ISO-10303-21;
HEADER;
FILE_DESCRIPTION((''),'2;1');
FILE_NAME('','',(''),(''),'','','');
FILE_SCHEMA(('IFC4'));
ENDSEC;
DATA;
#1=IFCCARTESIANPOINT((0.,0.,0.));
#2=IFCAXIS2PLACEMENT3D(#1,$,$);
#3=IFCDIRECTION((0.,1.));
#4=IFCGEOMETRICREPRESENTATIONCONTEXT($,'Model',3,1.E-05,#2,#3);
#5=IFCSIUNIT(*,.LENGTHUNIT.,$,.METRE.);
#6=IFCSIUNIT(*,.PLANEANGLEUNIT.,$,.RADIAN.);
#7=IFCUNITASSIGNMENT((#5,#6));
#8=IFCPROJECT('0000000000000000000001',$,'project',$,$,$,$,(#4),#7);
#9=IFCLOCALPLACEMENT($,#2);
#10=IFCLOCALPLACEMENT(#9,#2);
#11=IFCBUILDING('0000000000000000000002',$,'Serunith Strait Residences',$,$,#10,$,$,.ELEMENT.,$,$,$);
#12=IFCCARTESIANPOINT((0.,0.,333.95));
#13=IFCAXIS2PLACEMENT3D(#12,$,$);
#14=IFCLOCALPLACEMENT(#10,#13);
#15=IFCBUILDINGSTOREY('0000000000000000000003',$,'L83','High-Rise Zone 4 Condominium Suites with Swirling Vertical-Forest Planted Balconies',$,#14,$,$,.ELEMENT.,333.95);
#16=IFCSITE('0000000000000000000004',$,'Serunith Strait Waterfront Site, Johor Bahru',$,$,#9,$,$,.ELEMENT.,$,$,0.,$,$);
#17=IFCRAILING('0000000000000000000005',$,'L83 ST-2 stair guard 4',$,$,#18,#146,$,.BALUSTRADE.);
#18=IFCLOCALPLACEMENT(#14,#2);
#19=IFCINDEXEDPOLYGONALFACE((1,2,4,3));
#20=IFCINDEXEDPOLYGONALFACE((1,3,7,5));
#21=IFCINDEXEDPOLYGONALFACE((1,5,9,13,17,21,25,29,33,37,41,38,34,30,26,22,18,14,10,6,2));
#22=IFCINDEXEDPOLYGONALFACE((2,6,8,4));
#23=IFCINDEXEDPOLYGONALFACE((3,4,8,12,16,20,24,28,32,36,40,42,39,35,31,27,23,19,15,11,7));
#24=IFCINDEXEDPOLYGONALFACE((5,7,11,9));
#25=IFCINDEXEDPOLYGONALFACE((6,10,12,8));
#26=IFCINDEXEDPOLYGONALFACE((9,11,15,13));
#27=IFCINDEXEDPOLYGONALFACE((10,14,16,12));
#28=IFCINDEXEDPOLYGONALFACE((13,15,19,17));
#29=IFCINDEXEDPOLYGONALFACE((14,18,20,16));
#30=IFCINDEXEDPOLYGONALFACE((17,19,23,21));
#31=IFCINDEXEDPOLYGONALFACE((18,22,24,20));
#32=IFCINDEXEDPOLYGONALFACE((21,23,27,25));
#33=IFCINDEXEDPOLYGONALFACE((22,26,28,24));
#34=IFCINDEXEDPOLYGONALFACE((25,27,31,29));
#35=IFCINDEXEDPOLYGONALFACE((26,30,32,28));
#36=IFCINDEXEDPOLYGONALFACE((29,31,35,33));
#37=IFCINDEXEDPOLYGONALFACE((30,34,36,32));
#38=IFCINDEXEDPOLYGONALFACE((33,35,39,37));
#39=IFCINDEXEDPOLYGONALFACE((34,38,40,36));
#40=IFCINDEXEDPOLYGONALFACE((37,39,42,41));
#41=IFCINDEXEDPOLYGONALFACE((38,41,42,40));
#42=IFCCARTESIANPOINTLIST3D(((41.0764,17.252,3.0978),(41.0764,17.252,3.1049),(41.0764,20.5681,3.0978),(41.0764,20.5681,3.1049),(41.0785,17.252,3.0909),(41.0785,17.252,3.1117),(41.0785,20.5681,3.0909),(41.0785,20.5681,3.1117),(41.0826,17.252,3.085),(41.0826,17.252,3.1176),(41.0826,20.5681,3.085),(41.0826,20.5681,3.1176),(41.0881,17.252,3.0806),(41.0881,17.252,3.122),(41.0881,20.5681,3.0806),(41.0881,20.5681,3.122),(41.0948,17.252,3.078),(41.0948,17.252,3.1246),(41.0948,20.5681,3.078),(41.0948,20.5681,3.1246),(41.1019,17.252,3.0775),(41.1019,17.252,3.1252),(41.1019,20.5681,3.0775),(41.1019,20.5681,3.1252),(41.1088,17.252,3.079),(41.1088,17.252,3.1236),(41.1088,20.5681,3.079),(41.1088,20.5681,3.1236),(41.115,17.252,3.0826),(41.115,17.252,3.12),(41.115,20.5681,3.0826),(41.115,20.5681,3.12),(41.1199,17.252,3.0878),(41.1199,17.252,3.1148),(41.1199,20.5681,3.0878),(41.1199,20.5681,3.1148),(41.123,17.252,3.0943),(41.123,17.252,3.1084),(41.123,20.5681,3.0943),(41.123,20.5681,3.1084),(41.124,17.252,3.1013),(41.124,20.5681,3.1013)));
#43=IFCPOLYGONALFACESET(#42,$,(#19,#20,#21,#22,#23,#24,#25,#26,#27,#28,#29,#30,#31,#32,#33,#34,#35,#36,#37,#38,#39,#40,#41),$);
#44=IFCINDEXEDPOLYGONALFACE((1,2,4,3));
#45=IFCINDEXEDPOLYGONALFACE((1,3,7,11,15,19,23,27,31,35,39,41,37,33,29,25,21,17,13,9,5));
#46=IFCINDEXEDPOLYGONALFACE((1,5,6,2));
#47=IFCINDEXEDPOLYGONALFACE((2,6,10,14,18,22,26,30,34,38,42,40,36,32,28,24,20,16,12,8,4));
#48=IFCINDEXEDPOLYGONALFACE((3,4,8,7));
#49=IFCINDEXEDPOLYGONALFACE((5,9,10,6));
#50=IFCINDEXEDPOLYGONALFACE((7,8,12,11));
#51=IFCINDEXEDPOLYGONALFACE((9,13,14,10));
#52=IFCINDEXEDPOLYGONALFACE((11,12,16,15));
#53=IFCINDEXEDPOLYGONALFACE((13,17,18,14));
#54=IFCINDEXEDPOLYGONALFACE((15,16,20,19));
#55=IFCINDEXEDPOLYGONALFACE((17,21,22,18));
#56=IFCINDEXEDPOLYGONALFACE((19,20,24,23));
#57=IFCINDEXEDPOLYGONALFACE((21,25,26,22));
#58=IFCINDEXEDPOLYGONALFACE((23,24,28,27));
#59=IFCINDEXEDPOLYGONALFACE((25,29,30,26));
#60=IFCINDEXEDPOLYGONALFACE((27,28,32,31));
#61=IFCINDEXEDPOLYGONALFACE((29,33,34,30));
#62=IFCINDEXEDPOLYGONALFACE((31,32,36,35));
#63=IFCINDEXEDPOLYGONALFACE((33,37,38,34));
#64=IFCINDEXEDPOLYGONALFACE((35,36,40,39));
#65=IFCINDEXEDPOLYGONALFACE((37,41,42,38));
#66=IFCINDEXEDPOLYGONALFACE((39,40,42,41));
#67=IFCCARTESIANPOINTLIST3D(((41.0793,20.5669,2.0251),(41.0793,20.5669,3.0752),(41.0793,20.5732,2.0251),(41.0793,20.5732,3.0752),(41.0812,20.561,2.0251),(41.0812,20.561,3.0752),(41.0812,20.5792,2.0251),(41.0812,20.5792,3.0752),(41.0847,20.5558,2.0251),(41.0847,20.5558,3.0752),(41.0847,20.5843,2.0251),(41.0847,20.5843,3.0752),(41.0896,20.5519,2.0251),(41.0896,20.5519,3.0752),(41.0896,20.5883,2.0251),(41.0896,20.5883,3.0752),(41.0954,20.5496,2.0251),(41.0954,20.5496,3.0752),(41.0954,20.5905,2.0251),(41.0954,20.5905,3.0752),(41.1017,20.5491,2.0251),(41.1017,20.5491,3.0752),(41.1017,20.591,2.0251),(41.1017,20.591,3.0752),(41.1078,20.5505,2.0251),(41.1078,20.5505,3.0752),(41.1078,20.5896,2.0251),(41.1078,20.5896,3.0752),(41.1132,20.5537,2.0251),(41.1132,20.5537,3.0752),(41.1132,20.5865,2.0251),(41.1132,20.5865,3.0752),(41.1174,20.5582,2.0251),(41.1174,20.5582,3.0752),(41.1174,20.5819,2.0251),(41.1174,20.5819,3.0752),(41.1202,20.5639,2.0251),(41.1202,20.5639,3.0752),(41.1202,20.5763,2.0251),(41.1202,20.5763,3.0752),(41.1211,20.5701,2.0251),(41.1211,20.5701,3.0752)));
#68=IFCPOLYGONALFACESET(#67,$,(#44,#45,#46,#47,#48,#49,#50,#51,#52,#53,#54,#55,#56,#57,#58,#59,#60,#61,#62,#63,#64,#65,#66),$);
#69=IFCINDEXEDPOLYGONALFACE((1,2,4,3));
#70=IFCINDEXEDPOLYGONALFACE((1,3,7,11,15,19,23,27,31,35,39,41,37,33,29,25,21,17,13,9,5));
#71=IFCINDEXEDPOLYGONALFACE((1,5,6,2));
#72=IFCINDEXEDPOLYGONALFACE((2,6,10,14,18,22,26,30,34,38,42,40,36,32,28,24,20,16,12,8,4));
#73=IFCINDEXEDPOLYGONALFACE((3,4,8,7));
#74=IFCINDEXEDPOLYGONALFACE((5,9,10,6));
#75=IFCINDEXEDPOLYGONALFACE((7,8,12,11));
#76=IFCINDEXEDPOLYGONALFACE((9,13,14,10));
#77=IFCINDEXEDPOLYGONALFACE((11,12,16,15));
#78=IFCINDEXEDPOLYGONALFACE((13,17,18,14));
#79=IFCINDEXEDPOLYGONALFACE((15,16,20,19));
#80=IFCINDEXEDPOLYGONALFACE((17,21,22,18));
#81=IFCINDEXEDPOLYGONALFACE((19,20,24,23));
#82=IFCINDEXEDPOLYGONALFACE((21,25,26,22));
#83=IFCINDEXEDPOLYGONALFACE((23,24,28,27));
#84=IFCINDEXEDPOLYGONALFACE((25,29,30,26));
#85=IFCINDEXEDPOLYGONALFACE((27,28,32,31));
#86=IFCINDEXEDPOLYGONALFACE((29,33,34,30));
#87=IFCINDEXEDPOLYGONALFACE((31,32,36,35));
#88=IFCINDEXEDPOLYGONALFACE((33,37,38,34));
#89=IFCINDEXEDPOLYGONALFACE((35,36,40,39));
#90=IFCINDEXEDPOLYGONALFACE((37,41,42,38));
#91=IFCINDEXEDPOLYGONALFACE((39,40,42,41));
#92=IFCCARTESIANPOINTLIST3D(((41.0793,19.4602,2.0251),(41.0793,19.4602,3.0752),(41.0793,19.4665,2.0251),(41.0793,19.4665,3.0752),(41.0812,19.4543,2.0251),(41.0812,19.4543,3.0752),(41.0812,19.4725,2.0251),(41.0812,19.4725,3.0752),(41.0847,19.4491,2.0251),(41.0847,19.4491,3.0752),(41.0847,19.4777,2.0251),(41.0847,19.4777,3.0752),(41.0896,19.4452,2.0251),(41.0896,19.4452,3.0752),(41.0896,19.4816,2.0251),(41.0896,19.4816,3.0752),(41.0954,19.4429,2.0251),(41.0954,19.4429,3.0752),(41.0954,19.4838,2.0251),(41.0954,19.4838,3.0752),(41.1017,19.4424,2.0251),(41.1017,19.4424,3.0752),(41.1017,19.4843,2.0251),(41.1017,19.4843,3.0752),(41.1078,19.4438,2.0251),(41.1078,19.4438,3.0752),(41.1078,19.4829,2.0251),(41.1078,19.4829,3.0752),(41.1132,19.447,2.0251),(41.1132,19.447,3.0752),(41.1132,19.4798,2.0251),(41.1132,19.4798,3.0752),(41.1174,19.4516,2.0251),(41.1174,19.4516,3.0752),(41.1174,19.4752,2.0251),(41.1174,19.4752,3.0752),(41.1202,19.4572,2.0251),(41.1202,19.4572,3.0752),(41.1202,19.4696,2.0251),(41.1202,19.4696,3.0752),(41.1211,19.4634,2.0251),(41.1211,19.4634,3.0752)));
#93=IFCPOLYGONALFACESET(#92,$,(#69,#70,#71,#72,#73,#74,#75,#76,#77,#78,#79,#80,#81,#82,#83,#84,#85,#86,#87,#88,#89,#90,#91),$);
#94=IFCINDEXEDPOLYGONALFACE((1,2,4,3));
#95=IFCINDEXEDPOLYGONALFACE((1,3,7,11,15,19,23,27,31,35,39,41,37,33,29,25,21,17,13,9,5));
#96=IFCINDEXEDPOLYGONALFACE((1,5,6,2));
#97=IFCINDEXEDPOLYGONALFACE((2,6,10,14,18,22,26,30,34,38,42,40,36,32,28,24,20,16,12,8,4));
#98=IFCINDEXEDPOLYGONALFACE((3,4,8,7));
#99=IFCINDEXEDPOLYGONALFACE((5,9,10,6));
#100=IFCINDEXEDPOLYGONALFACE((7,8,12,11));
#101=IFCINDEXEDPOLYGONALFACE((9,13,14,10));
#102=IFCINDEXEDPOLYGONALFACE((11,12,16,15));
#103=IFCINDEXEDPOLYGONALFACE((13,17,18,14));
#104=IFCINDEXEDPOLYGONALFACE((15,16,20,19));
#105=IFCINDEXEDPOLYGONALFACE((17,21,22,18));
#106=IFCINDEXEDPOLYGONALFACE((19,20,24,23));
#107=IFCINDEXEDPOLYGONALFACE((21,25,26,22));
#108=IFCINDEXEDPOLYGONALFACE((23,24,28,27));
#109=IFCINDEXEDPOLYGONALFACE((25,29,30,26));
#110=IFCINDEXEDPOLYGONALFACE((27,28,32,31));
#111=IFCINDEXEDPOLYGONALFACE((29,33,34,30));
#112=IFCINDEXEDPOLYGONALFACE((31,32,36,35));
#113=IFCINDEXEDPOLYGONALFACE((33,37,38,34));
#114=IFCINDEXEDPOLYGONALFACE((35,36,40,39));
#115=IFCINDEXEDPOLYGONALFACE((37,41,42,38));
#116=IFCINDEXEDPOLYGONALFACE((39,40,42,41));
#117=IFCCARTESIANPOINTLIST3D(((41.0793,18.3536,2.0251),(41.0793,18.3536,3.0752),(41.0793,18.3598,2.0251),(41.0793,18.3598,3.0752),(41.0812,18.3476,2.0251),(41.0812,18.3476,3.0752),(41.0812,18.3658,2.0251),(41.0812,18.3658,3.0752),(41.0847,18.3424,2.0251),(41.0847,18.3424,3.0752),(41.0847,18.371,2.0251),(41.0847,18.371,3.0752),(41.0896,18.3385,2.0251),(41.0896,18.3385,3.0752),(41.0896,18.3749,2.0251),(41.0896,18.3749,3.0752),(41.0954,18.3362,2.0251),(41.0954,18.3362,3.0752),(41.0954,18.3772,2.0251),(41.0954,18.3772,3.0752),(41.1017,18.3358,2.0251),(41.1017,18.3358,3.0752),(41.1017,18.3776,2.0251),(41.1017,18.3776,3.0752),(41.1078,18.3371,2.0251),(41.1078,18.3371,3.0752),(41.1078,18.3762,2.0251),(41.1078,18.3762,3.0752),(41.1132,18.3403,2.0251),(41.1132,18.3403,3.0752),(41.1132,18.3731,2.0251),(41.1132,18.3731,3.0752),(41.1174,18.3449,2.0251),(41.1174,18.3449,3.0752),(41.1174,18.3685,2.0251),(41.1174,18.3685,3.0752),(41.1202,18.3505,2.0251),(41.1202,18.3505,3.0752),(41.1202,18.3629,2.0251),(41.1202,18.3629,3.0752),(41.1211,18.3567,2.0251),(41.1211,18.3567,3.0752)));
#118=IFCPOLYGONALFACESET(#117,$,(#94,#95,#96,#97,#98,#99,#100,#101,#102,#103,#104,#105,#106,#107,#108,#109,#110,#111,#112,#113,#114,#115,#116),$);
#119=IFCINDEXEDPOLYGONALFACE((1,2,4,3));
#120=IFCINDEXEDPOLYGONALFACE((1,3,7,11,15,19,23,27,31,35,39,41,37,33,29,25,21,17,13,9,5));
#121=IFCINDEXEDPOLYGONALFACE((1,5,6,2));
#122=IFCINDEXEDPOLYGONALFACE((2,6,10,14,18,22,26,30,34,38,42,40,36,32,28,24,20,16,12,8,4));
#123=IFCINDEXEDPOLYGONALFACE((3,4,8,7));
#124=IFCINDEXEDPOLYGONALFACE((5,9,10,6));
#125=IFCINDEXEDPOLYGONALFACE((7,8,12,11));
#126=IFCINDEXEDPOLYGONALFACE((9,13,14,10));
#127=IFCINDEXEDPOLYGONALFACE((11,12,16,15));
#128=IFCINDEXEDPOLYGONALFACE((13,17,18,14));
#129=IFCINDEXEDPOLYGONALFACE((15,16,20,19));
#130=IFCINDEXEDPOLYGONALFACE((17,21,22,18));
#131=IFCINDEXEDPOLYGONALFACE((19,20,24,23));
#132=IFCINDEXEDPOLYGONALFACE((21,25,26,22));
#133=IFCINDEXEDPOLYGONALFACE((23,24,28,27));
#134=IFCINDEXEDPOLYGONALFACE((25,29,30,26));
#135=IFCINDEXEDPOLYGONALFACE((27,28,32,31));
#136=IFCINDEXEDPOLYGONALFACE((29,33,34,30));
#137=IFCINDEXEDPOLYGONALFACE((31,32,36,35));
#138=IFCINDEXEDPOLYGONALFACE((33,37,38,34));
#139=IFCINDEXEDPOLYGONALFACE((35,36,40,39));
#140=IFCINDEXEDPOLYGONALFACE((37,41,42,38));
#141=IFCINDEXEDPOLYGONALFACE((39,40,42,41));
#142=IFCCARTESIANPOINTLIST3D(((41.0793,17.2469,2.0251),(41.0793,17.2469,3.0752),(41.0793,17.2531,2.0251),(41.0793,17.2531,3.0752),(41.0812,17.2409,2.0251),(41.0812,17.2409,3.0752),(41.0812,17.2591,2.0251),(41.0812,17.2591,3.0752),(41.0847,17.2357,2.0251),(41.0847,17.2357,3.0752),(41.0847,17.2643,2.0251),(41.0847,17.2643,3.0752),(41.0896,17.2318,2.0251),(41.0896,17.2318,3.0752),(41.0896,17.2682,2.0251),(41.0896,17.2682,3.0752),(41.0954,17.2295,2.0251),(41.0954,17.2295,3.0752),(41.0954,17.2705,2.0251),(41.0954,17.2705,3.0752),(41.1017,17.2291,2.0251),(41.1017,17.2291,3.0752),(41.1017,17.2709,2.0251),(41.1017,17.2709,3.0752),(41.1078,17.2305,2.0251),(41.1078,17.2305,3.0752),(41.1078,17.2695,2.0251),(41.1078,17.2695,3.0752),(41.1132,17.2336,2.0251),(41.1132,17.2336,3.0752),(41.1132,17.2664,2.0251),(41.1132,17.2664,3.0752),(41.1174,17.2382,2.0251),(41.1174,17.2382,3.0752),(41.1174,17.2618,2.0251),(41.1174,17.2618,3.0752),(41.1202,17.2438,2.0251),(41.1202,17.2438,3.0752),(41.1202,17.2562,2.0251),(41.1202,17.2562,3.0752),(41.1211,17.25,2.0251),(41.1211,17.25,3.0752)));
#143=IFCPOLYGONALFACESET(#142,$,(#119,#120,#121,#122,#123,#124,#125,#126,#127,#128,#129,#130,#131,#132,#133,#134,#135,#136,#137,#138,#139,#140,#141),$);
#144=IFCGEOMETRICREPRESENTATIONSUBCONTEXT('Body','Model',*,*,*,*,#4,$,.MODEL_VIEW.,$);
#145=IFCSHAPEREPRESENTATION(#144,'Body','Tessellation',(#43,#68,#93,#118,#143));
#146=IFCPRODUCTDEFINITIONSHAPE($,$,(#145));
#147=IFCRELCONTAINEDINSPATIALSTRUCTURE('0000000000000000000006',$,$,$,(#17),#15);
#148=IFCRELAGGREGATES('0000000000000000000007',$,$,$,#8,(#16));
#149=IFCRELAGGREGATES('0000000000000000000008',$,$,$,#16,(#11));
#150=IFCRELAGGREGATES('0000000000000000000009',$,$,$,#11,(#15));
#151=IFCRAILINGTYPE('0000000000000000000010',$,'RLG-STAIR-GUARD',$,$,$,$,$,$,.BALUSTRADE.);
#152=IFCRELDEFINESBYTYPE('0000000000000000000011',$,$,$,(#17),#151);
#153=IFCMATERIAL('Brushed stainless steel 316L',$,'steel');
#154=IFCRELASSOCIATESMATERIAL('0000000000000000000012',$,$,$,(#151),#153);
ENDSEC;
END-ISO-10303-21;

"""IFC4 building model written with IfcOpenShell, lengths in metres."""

from ifc_helpers import new_model, si_unit, direction, frame, origin, origin_2d, place, context, subcontext, project, spatial, circle, extrude, material, type_object, element, save


model = new_model("IFC4")

# Units and contexts
model_context = context("Model", 3, precision=1e-05, world=origin(), true_north=direction((0.0, 1.0)))
body_context = subcontext(model_context, "Body", "Model", "MODEL_VIEW")
ifc_project = project(units=[si_unit("LENGTHUNIT", "METRE"), si_unit("PLANEANGLEUNIT", "RADIAN")], contexts=[model_context])

# Site, building, storey
site_placement = place(None, origin())
site = spatial("IfcSite", under=ifc_project, at=site_placement, Name="Serunith Strait Waterfront Site, Johor Bahru", CompositionType="ELEMENT", RefElevation=0.0)
building_placement = place(site_placement, origin())
building = spatial("IfcBuilding", under=site, at=building_placement, Name="Serunith Strait Residences", CompositionType="ELEMENT")
storey_placement = place(building_placement, frame((0.0, 0.0, 333.95)))
storey = spatial("IfcBuildingStorey", under=building, at=storey_placement, Name="L83", Description="High-Rise Zone 4 Condominium Suites with Swirling Vertical-Forest Planted Balconies", CompositionType="ELEMENT", Elevation=333.95)

# Railing
ifc_material_1 = material(Name="Brushed stainless steel 316L", Category="steel")
railing_type_1 = type_object("IfcRailingType", Name="RLG-STAIR-GUARD", PredefinedType="BALUSTRADE", material=ifc_material_1)
for number, where, name in (
    (1, (41.1001, 20.5701, 2.0251), "L83 ST-2 stair guard 4"),
):
    element("IfcRailing", number, at=place(storey_placement, frame(where)), inside=storey, type_object=railing_type_1, Name=name, PredefinedType="BALUSTRADE", context=body_context, shape_type="SweptSolid", body=[
        extrude(circle(Radius=0.0239, at=origin_2d()), frame((0.0, -0.002, 1.0762), z_axis=(0.0, -1.0, 0.0), x_axis=(1.0, 0.0, 0.0)), (0.0, 0.0, 1.0), 3.3162),
        extrude(circle(Radius=0.021, at=origin_2d()), origin(), (0.0, 0.0, 1.0), 1.05),
        extrude(circle(Radius=0.021, at=origin_2d()), frame((0.0, -1.1067, 0.0)), (0.0, 0.0, 1.0), 1.05),
        extrude(circle(Radius=0.021, at=origin_2d()), frame((0.0, -2.2134, 0.0)), (0.0, 0.0, 1.0), 1.05),
        extrude(circle(Radius=0.021, at=origin_2d()), frame((0.0, -3.3201, 0.0)), (0.0, 0.0, 1.0), 1.05),
    ])

save(model, "model.ifc")
